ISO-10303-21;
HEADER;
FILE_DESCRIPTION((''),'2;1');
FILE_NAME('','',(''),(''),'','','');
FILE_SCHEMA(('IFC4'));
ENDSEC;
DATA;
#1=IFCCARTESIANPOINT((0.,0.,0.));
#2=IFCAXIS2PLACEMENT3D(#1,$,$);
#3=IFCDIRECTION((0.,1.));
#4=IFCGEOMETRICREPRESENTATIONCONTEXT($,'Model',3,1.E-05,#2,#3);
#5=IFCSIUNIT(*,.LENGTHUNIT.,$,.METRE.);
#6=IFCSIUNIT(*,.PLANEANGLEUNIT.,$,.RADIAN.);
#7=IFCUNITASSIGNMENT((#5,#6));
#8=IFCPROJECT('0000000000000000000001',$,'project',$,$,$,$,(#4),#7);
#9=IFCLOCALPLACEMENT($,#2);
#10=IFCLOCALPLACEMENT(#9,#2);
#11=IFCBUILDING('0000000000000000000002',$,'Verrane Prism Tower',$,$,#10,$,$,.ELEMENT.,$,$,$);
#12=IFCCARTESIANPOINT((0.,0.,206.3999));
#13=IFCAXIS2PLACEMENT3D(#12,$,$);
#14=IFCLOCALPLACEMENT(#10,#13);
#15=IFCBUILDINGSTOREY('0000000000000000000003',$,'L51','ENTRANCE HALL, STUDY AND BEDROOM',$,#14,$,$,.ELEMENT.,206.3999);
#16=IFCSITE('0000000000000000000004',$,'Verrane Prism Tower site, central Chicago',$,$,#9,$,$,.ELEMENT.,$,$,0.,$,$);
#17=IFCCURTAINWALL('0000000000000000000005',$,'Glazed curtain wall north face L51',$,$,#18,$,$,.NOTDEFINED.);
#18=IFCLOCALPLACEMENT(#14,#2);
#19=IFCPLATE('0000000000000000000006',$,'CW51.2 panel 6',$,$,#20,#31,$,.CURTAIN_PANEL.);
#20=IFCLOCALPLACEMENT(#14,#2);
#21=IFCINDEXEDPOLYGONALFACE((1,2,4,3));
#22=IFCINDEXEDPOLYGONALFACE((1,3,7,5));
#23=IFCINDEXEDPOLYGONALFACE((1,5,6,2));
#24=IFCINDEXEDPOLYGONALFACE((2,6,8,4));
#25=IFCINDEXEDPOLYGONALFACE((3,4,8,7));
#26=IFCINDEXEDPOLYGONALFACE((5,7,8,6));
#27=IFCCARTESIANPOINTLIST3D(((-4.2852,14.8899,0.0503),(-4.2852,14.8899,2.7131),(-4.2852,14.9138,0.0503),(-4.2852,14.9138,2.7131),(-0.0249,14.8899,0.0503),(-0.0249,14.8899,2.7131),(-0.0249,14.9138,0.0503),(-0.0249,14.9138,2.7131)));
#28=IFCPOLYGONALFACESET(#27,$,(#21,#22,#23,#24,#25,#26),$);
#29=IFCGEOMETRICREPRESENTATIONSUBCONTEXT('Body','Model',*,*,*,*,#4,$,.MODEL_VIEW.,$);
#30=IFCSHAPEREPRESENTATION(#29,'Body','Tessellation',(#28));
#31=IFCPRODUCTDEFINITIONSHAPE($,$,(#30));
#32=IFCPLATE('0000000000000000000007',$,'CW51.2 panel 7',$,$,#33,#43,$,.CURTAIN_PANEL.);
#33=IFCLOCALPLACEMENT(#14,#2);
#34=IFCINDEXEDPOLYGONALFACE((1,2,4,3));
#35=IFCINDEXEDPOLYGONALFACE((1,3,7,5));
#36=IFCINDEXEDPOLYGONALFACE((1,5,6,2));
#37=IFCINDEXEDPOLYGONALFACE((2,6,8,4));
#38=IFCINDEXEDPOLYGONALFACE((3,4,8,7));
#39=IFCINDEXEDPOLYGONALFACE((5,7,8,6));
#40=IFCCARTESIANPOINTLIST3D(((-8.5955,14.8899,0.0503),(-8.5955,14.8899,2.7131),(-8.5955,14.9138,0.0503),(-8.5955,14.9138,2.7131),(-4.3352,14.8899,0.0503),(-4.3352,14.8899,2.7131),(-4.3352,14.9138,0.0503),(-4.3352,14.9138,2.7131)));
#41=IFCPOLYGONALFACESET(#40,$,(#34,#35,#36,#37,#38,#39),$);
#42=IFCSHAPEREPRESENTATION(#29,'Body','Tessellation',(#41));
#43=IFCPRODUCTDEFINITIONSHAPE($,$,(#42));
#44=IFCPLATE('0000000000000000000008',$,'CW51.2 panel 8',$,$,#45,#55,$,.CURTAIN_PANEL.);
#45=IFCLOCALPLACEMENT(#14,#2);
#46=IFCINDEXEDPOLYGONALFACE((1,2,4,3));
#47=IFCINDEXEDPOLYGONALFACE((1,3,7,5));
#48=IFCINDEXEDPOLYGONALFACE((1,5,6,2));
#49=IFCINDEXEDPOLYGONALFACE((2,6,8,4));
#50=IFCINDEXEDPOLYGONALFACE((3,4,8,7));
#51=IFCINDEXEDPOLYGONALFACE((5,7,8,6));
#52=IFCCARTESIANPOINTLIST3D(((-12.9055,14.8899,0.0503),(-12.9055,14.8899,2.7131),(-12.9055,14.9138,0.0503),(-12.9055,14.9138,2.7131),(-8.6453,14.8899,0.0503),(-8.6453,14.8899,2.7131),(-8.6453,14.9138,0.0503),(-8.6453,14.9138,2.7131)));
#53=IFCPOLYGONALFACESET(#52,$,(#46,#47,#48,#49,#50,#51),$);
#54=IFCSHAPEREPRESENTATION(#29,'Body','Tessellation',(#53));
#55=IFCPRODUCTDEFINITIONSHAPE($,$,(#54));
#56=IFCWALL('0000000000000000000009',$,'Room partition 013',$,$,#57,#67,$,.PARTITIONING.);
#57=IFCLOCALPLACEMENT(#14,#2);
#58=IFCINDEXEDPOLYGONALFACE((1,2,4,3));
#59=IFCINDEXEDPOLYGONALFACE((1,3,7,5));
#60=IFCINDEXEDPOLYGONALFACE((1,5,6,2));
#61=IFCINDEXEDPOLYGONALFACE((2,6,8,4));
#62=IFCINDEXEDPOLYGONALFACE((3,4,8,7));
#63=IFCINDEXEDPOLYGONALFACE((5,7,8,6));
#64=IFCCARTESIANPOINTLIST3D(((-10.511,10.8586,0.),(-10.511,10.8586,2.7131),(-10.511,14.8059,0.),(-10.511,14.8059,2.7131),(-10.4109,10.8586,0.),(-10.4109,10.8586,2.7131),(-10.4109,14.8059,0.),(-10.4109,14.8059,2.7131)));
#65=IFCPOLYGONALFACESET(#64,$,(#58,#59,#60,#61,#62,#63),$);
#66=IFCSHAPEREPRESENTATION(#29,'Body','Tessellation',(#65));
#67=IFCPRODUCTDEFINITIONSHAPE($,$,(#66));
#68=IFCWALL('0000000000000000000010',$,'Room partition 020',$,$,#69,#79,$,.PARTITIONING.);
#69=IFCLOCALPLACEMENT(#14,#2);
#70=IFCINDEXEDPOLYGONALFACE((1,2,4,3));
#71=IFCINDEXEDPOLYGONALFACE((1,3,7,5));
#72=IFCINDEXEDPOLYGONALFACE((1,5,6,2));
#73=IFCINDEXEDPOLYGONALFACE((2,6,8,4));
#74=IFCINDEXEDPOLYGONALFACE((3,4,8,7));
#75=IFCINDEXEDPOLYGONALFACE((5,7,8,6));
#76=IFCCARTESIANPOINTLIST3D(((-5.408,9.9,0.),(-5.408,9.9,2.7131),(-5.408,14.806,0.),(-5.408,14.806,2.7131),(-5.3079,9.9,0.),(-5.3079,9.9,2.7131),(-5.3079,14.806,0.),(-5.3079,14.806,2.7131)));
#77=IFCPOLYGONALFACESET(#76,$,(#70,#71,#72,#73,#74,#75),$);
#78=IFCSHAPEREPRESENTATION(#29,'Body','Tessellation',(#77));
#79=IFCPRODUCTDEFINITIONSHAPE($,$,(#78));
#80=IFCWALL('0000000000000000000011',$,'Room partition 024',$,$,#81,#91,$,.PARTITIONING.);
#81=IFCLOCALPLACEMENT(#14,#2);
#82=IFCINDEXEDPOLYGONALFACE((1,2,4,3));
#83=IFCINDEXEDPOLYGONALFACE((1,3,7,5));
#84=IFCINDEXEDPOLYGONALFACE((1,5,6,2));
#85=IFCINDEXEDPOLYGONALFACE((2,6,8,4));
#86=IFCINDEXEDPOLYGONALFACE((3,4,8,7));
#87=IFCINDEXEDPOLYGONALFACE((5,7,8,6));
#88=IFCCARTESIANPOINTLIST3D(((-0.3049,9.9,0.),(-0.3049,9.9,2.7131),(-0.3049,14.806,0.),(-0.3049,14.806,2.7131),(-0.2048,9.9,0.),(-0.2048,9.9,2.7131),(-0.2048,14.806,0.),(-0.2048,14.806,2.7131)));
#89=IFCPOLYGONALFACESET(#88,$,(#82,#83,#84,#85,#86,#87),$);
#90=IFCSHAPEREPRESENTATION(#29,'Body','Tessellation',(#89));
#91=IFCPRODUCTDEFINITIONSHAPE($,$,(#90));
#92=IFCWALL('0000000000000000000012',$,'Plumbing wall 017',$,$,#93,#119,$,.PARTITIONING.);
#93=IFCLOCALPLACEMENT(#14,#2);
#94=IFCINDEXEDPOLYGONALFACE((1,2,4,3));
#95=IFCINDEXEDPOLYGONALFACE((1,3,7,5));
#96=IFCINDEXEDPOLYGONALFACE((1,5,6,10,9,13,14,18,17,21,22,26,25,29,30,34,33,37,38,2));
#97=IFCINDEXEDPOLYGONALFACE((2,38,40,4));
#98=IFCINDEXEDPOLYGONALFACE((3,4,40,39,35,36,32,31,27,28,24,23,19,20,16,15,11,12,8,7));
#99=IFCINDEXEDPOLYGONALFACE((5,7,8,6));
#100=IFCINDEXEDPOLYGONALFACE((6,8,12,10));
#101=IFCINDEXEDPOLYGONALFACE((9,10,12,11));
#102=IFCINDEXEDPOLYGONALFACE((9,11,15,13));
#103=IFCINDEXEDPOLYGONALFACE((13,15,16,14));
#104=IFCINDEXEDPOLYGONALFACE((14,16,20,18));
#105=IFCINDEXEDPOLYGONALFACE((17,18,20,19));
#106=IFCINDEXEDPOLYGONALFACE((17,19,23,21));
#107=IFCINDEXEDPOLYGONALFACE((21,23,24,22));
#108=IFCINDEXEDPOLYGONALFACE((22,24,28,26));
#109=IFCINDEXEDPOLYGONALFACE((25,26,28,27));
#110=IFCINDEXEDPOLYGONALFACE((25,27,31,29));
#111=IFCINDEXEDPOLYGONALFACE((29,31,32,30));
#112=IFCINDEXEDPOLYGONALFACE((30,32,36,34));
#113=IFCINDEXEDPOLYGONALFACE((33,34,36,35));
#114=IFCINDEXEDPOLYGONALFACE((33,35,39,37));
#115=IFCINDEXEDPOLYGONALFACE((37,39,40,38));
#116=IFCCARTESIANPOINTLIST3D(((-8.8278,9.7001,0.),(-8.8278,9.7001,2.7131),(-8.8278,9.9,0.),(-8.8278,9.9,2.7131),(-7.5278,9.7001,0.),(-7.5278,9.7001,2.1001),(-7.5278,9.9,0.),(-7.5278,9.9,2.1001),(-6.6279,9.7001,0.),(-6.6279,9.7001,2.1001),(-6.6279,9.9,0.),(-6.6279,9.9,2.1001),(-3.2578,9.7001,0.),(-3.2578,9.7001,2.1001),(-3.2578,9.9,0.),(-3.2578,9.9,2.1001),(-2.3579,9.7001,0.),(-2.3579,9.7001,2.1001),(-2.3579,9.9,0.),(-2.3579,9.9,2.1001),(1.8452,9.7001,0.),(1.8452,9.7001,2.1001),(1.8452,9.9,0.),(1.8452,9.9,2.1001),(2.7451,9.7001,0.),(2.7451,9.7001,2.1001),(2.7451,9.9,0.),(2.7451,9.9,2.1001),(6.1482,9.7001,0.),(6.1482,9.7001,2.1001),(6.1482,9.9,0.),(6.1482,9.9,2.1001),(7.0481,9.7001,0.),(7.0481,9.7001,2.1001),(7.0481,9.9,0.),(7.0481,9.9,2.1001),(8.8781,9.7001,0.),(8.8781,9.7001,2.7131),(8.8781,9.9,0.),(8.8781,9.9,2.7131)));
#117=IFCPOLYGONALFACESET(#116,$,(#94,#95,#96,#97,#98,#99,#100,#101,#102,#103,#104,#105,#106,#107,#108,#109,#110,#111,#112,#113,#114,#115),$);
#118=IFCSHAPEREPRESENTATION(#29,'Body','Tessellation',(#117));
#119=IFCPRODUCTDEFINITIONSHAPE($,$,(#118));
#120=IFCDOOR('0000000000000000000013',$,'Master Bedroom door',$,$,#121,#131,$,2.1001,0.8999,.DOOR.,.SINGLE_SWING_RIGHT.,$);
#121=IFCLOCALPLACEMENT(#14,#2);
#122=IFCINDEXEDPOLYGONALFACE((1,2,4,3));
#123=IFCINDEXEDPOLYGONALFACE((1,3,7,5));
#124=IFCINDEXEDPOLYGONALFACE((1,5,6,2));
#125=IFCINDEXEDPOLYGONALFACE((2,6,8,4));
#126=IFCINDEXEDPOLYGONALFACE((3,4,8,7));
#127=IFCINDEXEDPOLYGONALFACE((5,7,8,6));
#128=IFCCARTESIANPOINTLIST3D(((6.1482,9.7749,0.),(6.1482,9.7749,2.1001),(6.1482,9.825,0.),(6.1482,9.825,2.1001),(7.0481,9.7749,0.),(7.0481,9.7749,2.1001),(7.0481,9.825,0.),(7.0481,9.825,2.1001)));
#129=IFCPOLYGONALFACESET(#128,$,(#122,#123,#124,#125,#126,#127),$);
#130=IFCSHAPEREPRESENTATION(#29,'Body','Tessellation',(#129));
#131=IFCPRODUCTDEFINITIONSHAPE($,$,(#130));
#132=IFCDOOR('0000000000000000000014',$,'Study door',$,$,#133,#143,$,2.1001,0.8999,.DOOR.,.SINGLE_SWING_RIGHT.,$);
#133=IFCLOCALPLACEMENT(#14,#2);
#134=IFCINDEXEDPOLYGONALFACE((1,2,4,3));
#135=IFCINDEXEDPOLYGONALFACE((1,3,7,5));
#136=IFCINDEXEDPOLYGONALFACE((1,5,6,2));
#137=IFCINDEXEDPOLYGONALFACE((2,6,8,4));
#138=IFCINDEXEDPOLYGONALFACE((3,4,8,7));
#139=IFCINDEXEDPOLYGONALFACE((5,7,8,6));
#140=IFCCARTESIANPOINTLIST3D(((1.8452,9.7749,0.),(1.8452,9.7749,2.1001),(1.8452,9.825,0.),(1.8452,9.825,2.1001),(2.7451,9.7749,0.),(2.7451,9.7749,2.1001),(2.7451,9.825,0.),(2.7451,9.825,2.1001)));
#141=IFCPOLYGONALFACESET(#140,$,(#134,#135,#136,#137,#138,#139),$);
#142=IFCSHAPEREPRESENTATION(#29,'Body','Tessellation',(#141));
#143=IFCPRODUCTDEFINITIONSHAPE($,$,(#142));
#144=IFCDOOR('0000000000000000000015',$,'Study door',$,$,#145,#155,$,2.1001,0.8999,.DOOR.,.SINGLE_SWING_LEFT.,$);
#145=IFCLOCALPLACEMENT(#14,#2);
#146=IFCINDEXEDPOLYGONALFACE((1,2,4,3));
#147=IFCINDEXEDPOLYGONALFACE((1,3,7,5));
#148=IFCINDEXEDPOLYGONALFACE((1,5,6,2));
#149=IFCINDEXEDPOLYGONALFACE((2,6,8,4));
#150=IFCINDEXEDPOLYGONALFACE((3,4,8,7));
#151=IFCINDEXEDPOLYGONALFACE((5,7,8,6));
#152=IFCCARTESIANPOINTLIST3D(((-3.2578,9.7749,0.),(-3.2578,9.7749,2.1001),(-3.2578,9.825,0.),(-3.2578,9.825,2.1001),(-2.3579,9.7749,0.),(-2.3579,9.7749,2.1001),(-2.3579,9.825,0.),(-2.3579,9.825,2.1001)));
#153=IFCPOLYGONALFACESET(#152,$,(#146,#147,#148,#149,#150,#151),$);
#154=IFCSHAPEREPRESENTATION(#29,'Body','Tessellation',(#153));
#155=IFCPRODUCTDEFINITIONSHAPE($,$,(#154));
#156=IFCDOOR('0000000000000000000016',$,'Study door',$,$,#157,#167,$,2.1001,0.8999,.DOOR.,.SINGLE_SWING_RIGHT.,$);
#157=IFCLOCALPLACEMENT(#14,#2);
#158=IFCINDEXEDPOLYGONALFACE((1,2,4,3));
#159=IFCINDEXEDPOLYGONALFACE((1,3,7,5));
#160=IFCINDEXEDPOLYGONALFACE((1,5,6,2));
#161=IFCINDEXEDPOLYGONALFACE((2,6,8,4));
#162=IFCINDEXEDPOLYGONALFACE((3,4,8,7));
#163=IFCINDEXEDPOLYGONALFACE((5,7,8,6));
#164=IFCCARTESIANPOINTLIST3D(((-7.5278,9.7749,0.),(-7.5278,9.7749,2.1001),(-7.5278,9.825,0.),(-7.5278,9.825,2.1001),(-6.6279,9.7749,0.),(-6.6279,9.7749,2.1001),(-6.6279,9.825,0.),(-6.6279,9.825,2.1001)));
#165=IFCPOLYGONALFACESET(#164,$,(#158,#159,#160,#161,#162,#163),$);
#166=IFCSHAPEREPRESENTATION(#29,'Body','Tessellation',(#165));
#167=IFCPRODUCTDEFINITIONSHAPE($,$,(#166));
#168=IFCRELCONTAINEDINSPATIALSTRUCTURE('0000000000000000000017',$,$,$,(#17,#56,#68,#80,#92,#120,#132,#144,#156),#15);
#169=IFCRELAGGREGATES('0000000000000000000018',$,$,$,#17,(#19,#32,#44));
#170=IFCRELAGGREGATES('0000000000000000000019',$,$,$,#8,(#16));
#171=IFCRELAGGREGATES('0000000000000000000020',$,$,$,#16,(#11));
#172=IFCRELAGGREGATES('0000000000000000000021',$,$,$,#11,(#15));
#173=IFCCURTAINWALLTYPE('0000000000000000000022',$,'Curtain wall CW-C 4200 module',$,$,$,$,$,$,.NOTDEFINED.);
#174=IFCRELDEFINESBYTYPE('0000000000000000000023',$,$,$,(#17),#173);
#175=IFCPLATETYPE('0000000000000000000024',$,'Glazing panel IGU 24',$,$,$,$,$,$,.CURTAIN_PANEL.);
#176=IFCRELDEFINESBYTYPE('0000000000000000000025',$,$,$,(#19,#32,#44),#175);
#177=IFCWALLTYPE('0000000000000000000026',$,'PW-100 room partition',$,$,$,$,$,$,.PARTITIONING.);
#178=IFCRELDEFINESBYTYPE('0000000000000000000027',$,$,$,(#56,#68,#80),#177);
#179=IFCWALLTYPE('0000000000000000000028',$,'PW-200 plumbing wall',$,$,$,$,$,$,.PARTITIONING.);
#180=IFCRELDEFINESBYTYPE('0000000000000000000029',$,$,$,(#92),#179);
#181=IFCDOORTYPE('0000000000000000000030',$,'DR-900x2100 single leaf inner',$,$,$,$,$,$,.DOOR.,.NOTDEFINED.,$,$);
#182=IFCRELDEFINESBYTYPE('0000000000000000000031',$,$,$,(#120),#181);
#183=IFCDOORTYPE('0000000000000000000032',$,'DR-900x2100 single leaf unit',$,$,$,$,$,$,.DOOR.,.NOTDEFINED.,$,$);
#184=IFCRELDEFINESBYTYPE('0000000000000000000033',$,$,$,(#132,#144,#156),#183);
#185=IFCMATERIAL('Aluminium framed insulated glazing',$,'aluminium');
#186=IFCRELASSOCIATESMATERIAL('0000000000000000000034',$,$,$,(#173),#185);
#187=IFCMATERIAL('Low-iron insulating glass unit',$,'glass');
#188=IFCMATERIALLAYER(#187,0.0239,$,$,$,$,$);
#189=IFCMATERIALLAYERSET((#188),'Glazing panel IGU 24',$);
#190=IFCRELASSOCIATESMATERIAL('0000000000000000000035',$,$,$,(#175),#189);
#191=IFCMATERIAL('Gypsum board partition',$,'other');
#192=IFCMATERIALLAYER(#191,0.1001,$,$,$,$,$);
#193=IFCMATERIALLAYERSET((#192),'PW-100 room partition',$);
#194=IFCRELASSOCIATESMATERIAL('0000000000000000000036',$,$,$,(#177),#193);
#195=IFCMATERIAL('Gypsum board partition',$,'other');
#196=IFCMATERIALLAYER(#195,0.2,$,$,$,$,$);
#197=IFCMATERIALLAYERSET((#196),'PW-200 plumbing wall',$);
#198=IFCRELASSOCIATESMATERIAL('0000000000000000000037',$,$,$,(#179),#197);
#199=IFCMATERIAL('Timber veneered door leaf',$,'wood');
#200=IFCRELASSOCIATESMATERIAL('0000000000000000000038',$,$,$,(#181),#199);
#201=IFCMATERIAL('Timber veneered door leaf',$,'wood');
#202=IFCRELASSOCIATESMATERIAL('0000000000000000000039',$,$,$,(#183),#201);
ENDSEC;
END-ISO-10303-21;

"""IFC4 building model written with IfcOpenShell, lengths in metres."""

from ifc_helpers import new_model, si_unit, direction, frame, frame_2d, origin, origin_2d, place, context, subcontext, project, spatial, rectangle, extrude, material, layer, layer_set, type_object, element, fill, aggregate, save


model = new_model("IFC4")

# Units and contexts
model_context = context("Model", 3, precision=1e-05, world=origin(), true_north=direction((0.0, 1.0)))
body_context = subcontext(model_context, "Body", "Model", "MODEL_VIEW")
ifc_project = project(units=[si_unit("LENGTHUNIT", "METRE"), si_unit("PLANEANGLEUNIT", "RADIAN")], contexts=[model_context])

# Site, building, storey
site_placement = place(None, origin())
site = spatial("IfcSite", under=ifc_project, at=site_placement, Name="Verrane Prism Tower site, central Chicago", CompositionType="ELEMENT", RefElevation=0.0)
building_placement = place(site_placement, origin())
building = spatial("IfcBuilding", under=site, at=building_placement, Name="Verrane Prism Tower", CompositionType="ELEMENT")
storey_placement = place(building_placement, frame((0.0, 0.0, 206.3999)))
storey = spatial("IfcBuildingStorey", under=building, at=storey_placement, Name="L51", Description="ENTRANCE HALL, STUDY AND BEDROOM", CompositionType="ELEMENT", Elevation=206.3999)

# Curtain wall
ifc_material_1 = material(Name="Aluminium framed insulated glazing", Category="aluminium")
curtain_wall_type = type_object("IfcCurtainWallType", Name="Curtain wall CW-C 4200 module", PredefinedType="NOTDEFINED", material=ifc_material_1)
curtain_wall_placement = place(storey_placement, origin())
curtain_wall = element("IfcCurtainWall", 1, at=curtain_wall_placement, inside=storey, type_object=curtain_wall_type, Name="Glazed curtain wall north face L51", PredefinedType="NOTDEFINED")

# Plates
ifc_material_2 = material(Name="Low-iron insulating glass unit", Category="glass")
ifc_layer_1 = layer(ifc_material_2, 0.0239)
ifc_layer_set_1 = layer_set([ifc_layer_1], Name="Glazing panel IGU 24")
plate_type = type_object("IfcPlateType", Name="Glazing panel IGU 24", PredefinedType="CURTAIN_PANEL", material=ifc_layer_set_1)
plate_1_placement = place(storey_placement, frame((-2.155, 14.9019, 0.0503), z_axis=(0.0, 0.0, 1.0), x_axis=(-1.0, 0.0, 0.0)))
plate_1 = element("IfcPlate", 2, at=plate_1_placement, type_object=plate_type, Name="CW51.2 panel 6", PredefinedType="CURTAIN_PANEL", context=body_context, shape_type="SweptSolid", body=[
    extrude(rectangle(XDim=4.2603, YDim=0.0239, at=origin_2d()), origin(), (0.0, 0.0, 1.0), 2.6628),
])
plate_2_placement = place(storey_placement, frame((-6.4653, 14.9019, 0.0503), z_axis=(0.0, 0.0, 1.0), x_axis=(-1.0, 0.0, 0.0)))
plate_2 = element("IfcPlate", 3, at=plate_2_placement, type_object=plate_type, Name="CW51.2 panel 7", PredefinedType="CURTAIN_PANEL", context=body_context, shape_type="SweptSolid", body=[
    extrude(rectangle(XDim=4.2603, YDim=0.0239, at=origin_2d()), origin(), (0.0, 0.0, 1.0), 2.6628),
])
plate_3_placement = place(storey_placement, frame((-10.7754, 14.9019, 0.0503), z_axis=(0.0, 0.0, 1.0), x_axis=(-1.0, 0.0, 0.0)))
plate_3 = element("IfcPlate", 4, at=plate_3_placement, type_object=plate_type, Name="CW51.2 panel 8", PredefinedType="CURTAIN_PANEL", context=body_context, shape_type="SweptSolid", body=[
    extrude(rectangle(XDim=4.2603, YDim=0.0239, at=origin_2d()), origin(), (0.0, 0.0, 1.0), 2.6628),
])
aggregate(curtain_wall, [plate_1, plate_2, plate_3])

# Walls
ifc_material_3 = material(Name="Gypsum board partition", Category="other")
ifc_layer_2 = layer(ifc_material_3, 0.1001)
ifc_layer_set_2 = layer_set([ifc_layer_2], Name="PW-100 room partition")
wall_type_1 = type_object("IfcWallType", Name="PW-100 room partition", PredefinedType="PARTITIONING", material=ifc_layer_set_2)
wall_1_placement = place(storey_placement, frame((-10.4609, 10.8586, 0.0), z_axis=(0.0, 0.0, 1.0), x_axis=(0.0, 1.0, 0.0)))
element("IfcWall", 5, at=wall_1_placement, inside=storey, type_object=wall_type_1, Name="Room partition 013", PredefinedType="PARTITIONING", context=body_context, shape_type="SweptSolid", body=[
    extrude(rectangle(XDim=3.9473, YDim=0.1001, at=frame_2d((1.9736, 0.0))), origin(), (0.0, 0.0, 1.0), 2.7131),
])
for number, where, z_axis, x_axis, name in (
    (6, (-5.3579, 9.8999, 0.0), (0.0, 0.0, 1.0), (0.0, 1.0, 0.0), "Room partition 020"),
    (7, (-0.2549, 9.8999, 0.0), (0.0, 0.0, 1.0), (0.0, 1.0, 0.0), "Room partition 024"),
):
    element("IfcWall", number, at=place(storey_placement, frame(where, z_axis=z_axis, x_axis=x_axis)), inside=storey, type_object=wall_type_1, Name=name, PredefinedType="PARTITIONING", context=body_context, shape_type="SweptSolid", body=[
        extrude(rectangle(XDim=4.906, YDim=0.1001, at=frame_2d((2.4531, 0.0))), origin(), (0.0, 0.0, 1.0), 2.7131),
    ])

# Wall, openings, doors
ifc_material_4 = material(Name="Gypsum board partition", Category="other")
ifc_layer_3 = layer(ifc_material_4, 0.2)
ifc_layer_set_3 = layer_set([ifc_layer_3], Name="PW-200 plumbing wall")
wall_type_2 = type_object("IfcWallType", Name="PW-200 plumbing wall", PredefinedType="PARTITIONING", material=ifc_layer_set_3)
wall_2_placement = place(storey_placement, frame((-8.8279, 9.8, 0.0), z_axis=(0.0, 0.0, 1.0), x_axis=(1.0, 0.0, 0.0)))
wall_2 = element("IfcWall", 8, at=wall_2_placement, inside=storey, type_object=wall_type_2, Name="Plumbing wall 017", PredefinedType="PARTITIONING", context=body_context, shape_type="SweptSolid", body=[
    extrude(rectangle(XDim=17.7058, YDim=0.2, at=frame_2d((8.853, 0.0))), origin(), (0.0, 0.0, 1.0), 2.7131),
])
opening_1_placement = place(wall_2_placement, frame((14.9761, 0.0, 0.0)))
opening_1 = element("IfcOpeningElement", 9, at=opening_1_placement, cuts=wall_2, PredefinedType="OPENING", context=body_context, shape_type="SweptSolid", body=[
    extrude(rectangle(XDim=0.8999, YDim=2.1001, at=frame_2d((0.45, 1.05))), frame((0.0, 0.1099, 0.0), z_axis=(0.0, -1.0, 0.0), x_axis=(1.0, 0.0, 0.0)), (0.0, 0.0, 1.0), 0.22),
])
opening_2_placement = place(wall_2_placement, frame((10.6731, 0.0, 0.0)))
opening_2 = element("IfcOpeningElement", 10, at=opening_2_placement, cuts=wall_2, PredefinedType="OPENING", context=body_context, shape_type="SweptSolid", body=[
    extrude(rectangle(XDim=0.8999, YDim=2.1001, at=frame_2d((0.45, 1.05))), frame((0.0, 0.1099, 0.0), z_axis=(0.0, -1.0, 0.0), x_axis=(1.0, 0.0, 0.0)), (0.0, 0.0, 1.0), 0.22),
])
opening_3_placement = place(wall_2_placement, frame((5.5701, 0.0, 0.0)))
opening_3 = element("IfcOpeningElement", 11, at=opening_3_placement, cuts=wall_2, PredefinedType="OPENING", context=body_context, shape_type="SweptSolid", body=[
    extrude(rectangle(XDim=0.8999, YDim=2.1001, at=frame_2d((0.45, 1.05))), frame((0.0, 0.1099, 0.0), z_axis=(0.0, -1.0, 0.0), x_axis=(1.0, 0.0, 0.0)), (0.0, 0.0, 1.0), 0.22),
])
opening_4_placement = place(wall_2_placement, frame((1.3, 0.0, 0.0)))
opening_4 = element("IfcOpeningElement", 12, at=opening_4_placement, cuts=wall_2, PredefinedType="OPENING", context=body_context, shape_type="SweptSolid", body=[
    extrude(rectangle(XDim=0.8999, YDim=2.1001, at=frame_2d((0.45, 1.05))), frame((0.0, 0.1099, 0.0), z_axis=(0.0, -1.0, 0.0), x_axis=(1.0, 0.0, 0.0)), (0.0, 0.0, 1.0), 0.22),
])
ifc_material_5 = material(Name="Timber veneered door leaf", Category="wood")
door_type_1 = type_object("IfcDoorType", Name="DR-900x2100 single leaf inner", OperationType="NOTDEFINED", PredefinedType="DOOR", material=ifc_material_5)
door_1_placement = place(opening_1_placement, origin())
door_1 = element("IfcDoor", 13, at=door_1_placement, inside=storey, type_object=door_type_1, Name="Master Bedroom door", OperationType="SINGLE_SWING_RIGHT", OverallHeight=2.1001, OverallWidth=0.8999, PredefinedType="DOOR", context=body_context, shape_type="SweptSolid", body=[
    extrude(rectangle(XDim=0.8999, YDim=2.1001, at=frame_2d((0.45, 1.05))), frame((0.0, 0.0249, 0.0), z_axis=(0.0, -1.0, 0.0), x_axis=(1.0, 0.0, 0.0)), (0.0, 0.0, 1.0), 0.05),
])
fill(opening_1, door_1)
ifc_material_6 = material(Name="Timber veneered door leaf", Category="wood")
door_type_2 = type_object("IfcDoorType", Name="DR-900x2100 single leaf unit", OperationType="NOTDEFINED", PredefinedType="DOOR", material=ifc_material_6)
door_2_placement = place(opening_2_placement, origin())
door_2 = element("IfcDoor", 14, at=door_2_placement, inside=storey, type_object=door_type_2, Name="Study door", OperationType="SINGLE_SWING_RIGHT", OverallHeight=2.1001, OverallWidth=0.8999, PredefinedType="DOOR", context=body_context, shape_type="SweptSolid", body=[
    extrude(rectangle(XDim=0.8999, YDim=2.1001, at=frame_2d((0.45, 1.05))), frame((0.0, 0.0249, 0.0), z_axis=(0.0, -1.0, 0.0), x_axis=(1.0, 0.0, 0.0)), (0.0, 0.0, 1.0), 0.05),
])
fill(opening_2, door_2)
door_3_placement = place(opening_3_placement, origin())
door_3 = element("IfcDoor", 15, at=door_3_placement, inside=storey, type_object=door_type_2, Name="Study door", OperationType="SINGLE_SWING_LEFT", OverallHeight=2.1001, OverallWidth=0.8999, PredefinedType="DOOR", context=body_context, shape_type="SweptSolid", body=[
    extrude(rectangle(XDim=0.8999, YDim=2.1001, at=frame_2d((0.45, 1.05))), frame((0.0, 0.0249, 0.0), z_axis=(0.0, -1.0, 0.0), x_axis=(1.0, 0.0, 0.0)), (0.0, 0.0, 1.0), 0.05),
])
fill(opening_3, door_3)
door_4_placement = place(opening_4_placement, origin())
door_4 = element("IfcDoor", 16, at=door_4_placement, inside=storey, type_object=door_type_2, Name="Study door", OperationType="SINGLE_SWING_RIGHT", OverallHeight=2.1001, OverallWidth=0.8999, PredefinedType="DOOR", context=body_context, shape_type="SweptSolid", body=[
    extrude(rectangle(XDim=0.8999, YDim=2.1001, at=frame_2d((0.45, 1.05))), frame((0.0, 0.0249, 0.0), z_axis=(0.0, -1.0, 0.0), x_axis=(1.0, 0.0, 0.0)), (0.0, 0.0, 1.0), 0.05),
])
fill(opening_4, door_4)

save(model, "model.ifc")
